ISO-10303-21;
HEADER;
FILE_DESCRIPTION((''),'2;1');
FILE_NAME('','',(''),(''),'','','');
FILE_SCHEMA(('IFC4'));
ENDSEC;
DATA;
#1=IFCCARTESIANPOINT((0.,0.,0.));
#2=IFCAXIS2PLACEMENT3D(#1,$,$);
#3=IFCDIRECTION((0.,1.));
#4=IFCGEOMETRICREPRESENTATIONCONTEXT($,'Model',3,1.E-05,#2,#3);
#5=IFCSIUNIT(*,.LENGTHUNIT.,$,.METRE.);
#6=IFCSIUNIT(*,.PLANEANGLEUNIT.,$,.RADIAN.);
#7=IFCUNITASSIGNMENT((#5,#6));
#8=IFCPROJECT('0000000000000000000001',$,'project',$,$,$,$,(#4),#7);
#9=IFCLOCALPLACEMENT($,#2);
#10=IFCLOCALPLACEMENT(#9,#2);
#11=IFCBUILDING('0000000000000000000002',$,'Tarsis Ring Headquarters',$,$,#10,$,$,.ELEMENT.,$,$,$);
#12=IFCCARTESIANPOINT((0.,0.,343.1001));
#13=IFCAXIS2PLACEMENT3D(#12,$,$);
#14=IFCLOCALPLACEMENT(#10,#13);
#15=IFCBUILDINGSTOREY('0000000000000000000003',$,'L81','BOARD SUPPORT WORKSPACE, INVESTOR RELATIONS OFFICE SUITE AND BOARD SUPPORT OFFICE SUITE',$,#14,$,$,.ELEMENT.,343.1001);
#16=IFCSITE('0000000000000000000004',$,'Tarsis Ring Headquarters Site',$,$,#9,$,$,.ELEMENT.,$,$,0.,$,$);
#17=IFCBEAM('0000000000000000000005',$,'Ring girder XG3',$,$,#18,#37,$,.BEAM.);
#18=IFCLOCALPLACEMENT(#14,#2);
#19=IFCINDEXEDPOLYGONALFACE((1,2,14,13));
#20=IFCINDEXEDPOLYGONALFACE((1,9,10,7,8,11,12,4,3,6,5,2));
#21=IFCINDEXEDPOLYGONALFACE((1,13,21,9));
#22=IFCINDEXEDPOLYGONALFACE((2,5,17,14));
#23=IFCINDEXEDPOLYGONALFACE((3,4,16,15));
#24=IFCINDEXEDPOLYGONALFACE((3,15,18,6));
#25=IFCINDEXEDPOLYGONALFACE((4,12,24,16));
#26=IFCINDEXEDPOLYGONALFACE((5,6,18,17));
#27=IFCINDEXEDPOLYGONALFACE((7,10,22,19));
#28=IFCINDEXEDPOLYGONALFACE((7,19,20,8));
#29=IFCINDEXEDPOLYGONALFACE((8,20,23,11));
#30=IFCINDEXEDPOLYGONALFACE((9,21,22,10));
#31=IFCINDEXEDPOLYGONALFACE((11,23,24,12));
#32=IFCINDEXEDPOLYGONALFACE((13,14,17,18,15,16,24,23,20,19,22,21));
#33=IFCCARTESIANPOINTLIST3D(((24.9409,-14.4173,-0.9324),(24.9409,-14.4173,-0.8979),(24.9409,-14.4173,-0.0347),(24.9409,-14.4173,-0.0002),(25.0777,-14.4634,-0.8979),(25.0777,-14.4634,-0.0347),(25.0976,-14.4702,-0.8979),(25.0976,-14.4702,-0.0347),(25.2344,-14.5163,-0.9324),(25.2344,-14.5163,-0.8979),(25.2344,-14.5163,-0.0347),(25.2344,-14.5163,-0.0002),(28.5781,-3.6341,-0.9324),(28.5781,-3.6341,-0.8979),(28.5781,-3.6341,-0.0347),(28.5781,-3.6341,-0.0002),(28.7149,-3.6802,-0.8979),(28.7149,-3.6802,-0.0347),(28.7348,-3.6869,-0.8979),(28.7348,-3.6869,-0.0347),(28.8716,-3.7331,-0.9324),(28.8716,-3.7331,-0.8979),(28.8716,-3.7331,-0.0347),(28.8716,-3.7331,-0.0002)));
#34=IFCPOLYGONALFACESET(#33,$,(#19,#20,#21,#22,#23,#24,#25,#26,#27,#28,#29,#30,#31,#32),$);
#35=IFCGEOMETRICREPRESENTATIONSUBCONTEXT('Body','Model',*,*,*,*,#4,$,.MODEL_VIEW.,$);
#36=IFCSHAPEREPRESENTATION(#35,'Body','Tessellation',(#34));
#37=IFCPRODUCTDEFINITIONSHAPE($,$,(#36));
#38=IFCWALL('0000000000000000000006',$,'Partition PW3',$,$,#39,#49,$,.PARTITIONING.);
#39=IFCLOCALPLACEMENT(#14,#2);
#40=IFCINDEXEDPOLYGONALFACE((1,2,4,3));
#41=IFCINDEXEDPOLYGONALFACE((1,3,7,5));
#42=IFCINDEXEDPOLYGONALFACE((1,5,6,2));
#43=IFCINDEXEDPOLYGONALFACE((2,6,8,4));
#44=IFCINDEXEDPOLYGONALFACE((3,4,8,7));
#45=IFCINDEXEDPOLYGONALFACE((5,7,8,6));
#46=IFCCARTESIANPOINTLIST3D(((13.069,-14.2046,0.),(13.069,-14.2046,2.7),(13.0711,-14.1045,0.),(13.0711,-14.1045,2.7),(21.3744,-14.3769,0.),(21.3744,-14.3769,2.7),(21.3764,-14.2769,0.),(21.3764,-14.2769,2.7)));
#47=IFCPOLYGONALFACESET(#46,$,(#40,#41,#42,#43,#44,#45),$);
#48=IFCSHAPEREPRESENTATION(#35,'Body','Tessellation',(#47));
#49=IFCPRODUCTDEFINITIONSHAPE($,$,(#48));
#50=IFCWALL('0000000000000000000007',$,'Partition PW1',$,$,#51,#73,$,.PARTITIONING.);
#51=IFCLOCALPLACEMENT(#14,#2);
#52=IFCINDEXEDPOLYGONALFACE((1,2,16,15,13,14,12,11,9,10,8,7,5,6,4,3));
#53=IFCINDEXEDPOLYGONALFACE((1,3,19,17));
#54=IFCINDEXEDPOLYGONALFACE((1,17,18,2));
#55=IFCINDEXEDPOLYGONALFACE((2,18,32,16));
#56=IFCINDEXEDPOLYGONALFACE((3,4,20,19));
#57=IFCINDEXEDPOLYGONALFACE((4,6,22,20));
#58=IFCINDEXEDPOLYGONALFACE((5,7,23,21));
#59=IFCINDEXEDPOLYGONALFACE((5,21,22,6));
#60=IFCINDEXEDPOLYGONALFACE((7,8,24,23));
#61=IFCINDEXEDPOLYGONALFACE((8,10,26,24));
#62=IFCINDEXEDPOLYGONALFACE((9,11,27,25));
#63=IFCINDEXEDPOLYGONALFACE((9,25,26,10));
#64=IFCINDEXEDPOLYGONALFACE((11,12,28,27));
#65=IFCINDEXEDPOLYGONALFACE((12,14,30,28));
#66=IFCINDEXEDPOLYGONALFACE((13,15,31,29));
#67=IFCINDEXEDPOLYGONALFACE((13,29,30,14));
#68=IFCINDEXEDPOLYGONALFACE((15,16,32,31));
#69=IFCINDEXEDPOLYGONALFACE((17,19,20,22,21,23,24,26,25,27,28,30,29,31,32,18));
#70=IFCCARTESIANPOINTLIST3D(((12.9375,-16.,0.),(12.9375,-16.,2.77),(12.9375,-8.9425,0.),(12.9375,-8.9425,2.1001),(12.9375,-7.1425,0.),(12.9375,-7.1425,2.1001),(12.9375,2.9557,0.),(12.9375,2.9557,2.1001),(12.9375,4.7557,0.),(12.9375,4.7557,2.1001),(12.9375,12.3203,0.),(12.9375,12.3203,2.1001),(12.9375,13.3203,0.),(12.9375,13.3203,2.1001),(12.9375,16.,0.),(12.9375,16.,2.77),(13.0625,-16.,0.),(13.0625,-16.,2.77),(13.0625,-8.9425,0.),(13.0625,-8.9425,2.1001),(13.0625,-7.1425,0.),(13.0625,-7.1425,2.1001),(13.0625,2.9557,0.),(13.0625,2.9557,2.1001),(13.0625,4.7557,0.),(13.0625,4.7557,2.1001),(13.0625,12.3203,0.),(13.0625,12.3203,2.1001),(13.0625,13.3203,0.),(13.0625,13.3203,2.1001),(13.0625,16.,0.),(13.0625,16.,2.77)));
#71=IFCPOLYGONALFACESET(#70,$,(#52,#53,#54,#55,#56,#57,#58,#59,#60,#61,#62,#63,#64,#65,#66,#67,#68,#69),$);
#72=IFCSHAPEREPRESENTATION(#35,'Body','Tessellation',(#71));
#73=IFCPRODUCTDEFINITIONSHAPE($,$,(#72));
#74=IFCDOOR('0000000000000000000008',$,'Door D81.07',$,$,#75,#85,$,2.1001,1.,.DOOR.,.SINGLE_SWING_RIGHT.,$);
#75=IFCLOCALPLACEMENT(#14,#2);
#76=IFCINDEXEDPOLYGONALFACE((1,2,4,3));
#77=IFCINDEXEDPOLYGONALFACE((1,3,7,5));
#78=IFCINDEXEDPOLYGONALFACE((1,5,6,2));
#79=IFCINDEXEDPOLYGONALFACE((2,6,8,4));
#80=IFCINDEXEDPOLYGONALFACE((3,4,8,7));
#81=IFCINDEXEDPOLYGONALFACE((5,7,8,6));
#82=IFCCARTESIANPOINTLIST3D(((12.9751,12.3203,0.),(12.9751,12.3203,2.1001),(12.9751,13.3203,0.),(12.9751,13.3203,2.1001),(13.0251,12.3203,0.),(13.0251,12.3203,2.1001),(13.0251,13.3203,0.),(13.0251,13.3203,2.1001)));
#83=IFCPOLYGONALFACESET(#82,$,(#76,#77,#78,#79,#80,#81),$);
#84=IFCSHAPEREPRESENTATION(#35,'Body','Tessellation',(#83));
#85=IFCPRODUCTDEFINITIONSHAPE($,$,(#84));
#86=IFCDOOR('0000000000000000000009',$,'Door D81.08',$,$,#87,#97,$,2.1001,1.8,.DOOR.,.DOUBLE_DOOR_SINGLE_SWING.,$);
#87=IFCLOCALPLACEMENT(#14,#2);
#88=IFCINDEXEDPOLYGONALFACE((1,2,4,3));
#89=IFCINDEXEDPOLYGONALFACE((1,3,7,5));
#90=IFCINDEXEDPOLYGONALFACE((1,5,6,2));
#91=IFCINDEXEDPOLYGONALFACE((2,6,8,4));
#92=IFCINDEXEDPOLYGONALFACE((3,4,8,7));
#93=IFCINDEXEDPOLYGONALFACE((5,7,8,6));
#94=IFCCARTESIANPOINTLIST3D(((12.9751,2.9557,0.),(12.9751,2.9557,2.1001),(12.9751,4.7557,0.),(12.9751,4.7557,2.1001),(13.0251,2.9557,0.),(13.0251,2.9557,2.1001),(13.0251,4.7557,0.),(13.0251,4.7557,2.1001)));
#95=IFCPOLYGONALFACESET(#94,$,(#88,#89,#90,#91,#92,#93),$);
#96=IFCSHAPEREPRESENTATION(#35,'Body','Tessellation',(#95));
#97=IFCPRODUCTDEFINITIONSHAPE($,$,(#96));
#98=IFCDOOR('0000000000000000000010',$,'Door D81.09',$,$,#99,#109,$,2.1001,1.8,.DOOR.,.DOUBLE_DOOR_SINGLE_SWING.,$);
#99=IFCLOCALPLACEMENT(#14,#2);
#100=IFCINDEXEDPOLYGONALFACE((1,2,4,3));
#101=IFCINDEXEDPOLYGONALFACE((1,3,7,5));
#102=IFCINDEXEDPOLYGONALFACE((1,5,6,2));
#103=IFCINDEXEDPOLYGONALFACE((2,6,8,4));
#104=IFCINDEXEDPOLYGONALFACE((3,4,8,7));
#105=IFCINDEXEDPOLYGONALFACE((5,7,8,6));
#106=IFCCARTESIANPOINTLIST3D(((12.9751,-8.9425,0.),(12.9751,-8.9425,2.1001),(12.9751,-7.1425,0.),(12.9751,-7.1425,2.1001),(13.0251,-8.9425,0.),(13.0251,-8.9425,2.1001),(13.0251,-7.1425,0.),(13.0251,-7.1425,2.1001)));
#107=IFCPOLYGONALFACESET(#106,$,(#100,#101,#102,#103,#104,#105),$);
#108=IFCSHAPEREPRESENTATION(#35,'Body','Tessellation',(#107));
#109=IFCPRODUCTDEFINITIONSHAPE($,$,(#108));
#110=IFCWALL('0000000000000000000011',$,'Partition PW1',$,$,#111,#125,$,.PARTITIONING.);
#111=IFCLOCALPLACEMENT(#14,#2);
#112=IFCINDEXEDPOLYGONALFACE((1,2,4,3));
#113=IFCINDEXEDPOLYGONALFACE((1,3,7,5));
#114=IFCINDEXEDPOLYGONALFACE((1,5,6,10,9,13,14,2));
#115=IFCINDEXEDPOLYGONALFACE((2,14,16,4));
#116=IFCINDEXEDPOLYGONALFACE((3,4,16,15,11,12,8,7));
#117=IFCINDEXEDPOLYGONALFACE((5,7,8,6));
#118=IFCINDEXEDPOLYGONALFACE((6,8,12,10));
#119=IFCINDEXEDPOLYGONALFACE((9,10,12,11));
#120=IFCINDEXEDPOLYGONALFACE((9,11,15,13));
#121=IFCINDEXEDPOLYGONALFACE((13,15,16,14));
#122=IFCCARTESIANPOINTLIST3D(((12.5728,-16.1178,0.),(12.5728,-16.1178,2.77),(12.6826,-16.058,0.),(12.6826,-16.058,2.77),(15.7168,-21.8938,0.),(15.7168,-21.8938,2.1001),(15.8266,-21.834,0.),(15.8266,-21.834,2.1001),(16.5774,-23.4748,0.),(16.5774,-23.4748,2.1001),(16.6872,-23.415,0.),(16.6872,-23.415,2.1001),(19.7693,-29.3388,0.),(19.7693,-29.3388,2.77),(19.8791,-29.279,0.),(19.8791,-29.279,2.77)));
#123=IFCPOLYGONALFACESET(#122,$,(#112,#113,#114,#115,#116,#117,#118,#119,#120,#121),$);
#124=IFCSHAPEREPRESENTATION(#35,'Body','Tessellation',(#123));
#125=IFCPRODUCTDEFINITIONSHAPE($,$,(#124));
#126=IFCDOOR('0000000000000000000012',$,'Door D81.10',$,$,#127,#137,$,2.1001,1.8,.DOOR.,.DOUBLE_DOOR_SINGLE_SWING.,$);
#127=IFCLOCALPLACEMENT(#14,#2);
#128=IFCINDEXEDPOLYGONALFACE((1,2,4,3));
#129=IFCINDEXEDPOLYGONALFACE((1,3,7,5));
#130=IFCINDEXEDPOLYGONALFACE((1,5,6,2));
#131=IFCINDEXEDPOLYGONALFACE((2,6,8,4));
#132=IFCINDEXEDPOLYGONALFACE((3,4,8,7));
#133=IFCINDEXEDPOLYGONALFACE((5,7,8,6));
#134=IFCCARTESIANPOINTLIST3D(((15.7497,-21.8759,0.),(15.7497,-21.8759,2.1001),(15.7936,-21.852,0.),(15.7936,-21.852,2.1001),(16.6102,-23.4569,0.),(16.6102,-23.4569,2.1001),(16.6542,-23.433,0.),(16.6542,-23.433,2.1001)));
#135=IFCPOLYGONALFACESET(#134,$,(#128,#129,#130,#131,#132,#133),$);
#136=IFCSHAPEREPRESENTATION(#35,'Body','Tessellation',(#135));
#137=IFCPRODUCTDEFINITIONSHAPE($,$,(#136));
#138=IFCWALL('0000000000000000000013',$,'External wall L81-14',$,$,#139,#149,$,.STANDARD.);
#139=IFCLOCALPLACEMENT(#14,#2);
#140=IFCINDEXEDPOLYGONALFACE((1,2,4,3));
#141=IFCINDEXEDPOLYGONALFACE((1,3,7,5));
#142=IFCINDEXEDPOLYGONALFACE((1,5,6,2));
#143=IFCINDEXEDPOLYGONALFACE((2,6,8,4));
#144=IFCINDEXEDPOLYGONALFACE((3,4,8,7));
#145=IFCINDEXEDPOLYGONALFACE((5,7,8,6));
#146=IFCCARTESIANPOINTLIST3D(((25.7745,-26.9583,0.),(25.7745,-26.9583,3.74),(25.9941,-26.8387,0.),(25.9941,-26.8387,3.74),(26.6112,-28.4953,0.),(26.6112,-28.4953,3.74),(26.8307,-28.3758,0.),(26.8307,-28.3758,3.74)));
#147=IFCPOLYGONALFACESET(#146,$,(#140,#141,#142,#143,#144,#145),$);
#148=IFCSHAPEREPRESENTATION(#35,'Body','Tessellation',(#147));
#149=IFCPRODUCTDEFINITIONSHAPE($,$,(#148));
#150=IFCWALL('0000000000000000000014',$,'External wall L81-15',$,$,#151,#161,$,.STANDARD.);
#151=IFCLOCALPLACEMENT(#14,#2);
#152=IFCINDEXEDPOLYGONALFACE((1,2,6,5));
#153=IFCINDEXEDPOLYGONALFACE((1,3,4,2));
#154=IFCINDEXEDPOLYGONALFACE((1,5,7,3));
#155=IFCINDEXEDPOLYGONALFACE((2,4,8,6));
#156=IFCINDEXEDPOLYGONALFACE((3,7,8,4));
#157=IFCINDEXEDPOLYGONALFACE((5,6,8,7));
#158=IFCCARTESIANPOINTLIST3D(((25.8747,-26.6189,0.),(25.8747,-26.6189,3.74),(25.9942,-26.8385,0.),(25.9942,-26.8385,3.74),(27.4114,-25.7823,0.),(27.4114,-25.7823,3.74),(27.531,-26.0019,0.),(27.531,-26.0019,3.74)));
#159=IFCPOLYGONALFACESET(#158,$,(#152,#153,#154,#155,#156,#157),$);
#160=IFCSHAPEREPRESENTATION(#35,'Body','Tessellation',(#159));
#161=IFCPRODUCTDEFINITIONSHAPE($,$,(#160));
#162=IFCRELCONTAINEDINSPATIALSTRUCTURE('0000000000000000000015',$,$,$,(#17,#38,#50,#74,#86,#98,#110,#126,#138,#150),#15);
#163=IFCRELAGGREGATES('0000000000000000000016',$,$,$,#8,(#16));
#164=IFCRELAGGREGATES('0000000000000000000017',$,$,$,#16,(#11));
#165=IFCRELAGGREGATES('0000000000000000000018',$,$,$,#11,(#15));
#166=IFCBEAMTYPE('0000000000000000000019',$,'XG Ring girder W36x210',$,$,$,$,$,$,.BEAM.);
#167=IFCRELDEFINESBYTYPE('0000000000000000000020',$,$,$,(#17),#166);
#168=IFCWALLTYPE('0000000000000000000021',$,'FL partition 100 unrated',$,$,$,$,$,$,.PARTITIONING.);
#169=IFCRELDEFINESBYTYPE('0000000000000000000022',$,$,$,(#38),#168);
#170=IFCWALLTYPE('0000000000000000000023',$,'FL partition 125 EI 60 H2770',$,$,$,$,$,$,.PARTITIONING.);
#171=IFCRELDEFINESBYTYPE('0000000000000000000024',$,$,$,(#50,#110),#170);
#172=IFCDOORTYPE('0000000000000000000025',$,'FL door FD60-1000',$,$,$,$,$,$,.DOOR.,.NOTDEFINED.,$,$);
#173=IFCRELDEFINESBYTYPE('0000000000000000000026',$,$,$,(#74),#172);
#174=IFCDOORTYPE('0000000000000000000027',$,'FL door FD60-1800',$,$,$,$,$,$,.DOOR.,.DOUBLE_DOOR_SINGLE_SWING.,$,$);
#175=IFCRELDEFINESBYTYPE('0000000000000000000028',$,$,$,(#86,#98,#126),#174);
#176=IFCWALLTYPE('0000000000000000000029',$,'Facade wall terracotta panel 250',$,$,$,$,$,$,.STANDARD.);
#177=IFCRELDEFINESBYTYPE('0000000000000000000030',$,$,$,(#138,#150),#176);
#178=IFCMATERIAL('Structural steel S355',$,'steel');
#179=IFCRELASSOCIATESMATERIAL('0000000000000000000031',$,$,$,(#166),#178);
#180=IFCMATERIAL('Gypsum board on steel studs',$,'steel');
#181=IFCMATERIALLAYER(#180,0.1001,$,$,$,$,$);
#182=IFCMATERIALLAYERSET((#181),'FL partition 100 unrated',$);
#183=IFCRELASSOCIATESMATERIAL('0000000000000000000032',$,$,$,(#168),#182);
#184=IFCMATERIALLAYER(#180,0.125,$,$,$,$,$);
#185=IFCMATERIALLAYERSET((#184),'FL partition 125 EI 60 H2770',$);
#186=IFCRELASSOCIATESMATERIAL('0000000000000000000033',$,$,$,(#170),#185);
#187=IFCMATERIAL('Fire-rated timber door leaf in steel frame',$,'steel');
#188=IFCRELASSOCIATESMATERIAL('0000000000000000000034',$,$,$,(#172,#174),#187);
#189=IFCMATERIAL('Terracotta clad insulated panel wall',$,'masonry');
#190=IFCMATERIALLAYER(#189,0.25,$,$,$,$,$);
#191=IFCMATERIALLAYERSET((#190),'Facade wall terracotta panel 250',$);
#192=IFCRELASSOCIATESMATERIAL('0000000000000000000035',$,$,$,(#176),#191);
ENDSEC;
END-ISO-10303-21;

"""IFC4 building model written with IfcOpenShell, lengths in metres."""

from ifc_helpers import new_model, si_unit, direction, frame, frame_2d, origin, origin_2d, place, context, subcontext, project, spatial, rectangle, i_section, extrude, material, layer, layer_set, material_profile, profile_set, type_object, element, fill, save


model = new_model("IFC4")

# Units and contexts
model_context = context("Model", 3, precision=1e-05, world=origin(), true_north=direction((0.0, 1.0)))
body_context = subcontext(model_context, "Body", "Model", "MODEL_VIEW")
ifc_project = project(units=[si_unit("LENGTHUNIT", "METRE"), si_unit("PLANEANGLEUNIT", "RADIAN")], contexts=[model_context])

# Site, building, storey
site_placement = place(None, origin())
site = spatial("IfcSite", under=ifc_project, at=site_placement, Name="Tarsis Ring Headquarters Site", CompositionType="ELEMENT", RefElevation=0.0)
building_placement = place(site_placement, origin())
building = spatial("IfcBuilding", under=site, at=building_placement, Name="Tarsis Ring Headquarters", CompositionType="ELEMENT")
storey_placement = place(building_placement, frame((0.0, 0.0, 343.1001)))
storey = spatial("IfcBuildingStorey", under=building, at=storey_placement, Name="L81", Description="BOARD SUPPORT WORKSPACE, INVESTOR RELATIONS OFFICE SUITE AND BOARD SUPPORT OFFICE SUITE", CompositionType="ELEMENT", Elevation=343.1001)

# Shared definitions
ifc_material_1 = material(Name="Structural steel S355", Category="steel")

# Beam
ifc_material_profile_1 = material_profile(ifc_material_1, i_section(OverallWidth=0.3098, OverallDepth=0.9321, WebThickness=0.021, FlangeThickness=0.0344, at=origin_2d()), Name="W36x210")
ifc_profile_set_1 = profile_set([ifc_material_profile_1], Name="Structural steel S355")
beam_type = type_object("IfcBeamType", Name="XG Ring girder W36x210", PredefinedType="BEAM", material=ifc_profile_set_1)
beam_1_placement = place(storey_placement, frame((25.0876, -14.4668, -0.4663), z_axis=(0.319611, 0.947549, 0.0), x_axis=(-0.947549, 0.319611, 0.0)))
element("IfcBeam", 1, at=beam_1_placement, inside=storey, type_object=beam_type, Name="Ring girder XG3", PredefinedType="BEAM", context=body_context, shape_type="SweptSolid", body=[
    extrude(i_section(OverallWidth=0.3098, OverallDepth=0.9321, WebThickness=0.021, FlangeThickness=0.0344, at=origin_2d()), origin(), (0.0, 0.0, 1.0), 11.3801),
])

# Wall
ifc_material_2 = material(Name="Gypsum board on steel studs", Category="steel")
ifc_layer_1 = layer(ifc_material_2, 0.1001)
ifc_layer_set_1 = layer_set([ifc_layer_1], Name="FL partition 100 unrated")
wall_type_1 = type_object("IfcWallType", Name="FL partition 100 unrated", PredefinedType="PARTITIONING", material=ifc_layer_set_1)
wall_1_placement = place(storey_placement, frame((13.0701, -14.1545, 0.0), z_axis=(0.0, 0.0, 1.0), x_axis=(0.999785, -0.020749, 0.0)))
element("IfcWall", 2, at=wall_1_placement, inside=storey, type_object=wall_type_1, Name="Partition PW3", PredefinedType="PARTITIONING", context=body_context, shape_type="SweptSolid", body=[
    extrude(rectangle(XDim=8.3071, YDim=0.1001, at=frame_2d((4.1536, 0.0))), origin(), (0.0, 0.0, 1.0), 2.7),
])

# Wall, openings, doors
ifc_layer_2 = layer(ifc_material_2, 0.125)
ifc_layer_set_2 = layer_set([ifc_layer_2], Name="FL partition 125 EI 60 H2770")
wall_type_2 = type_object("IfcWallType", Name="FL partition 125 EI 60 H2770", PredefinedType="PARTITIONING", material=ifc_layer_set_2)
wall_2_placement = place(storey_placement, frame((13.0, -16.0, 0.0), z_axis=(0.0, 0.0, 1.0), x_axis=(0.0, 1.0, 0.0)))
wall_2 = element("IfcWall", 3, at=wall_2_placement, inside=storey, type_object=wall_type_2, Name="Partition PW1", PredefinedType="PARTITIONING", context=body_context, shape_type="SweptSolid", body=[
    extrude(rectangle(XDim=32.0, YDim=0.125, at=frame_2d((16.0, 0.0))), origin(), (0.0, 0.0, 1.0), 2.77),
])
opening_1_placement = place(wall_2_placement, frame((28.3203, 0.0, 0.0)))
opening_1 = element("IfcOpeningElement", 4, at=opening_1_placement, cuts=wall_2, PredefinedType="OPENING", context=body_context, shape_type="SweptSolid", body=[
    extrude(rectangle(XDim=1.0, YDim=2.1001, at=frame_2d((0.5, 1.05))), frame((0.0, 0.0725, 0.0), z_axis=(0.0, -1.0, 0.0), x_axis=(1.0, 0.0, 0.0)), (0.0, 0.0, 1.0), 0.145),
])
opening_2_placement = place(wall_2_placement, frame((18.9558, 0.0, 0.0)))
opening_2 = element("IfcOpeningElement", 5, at=opening_2_placement, cuts=wall_2, PredefinedType="OPENING", context=body_context, shape_type="SweptSolid", body=[
    extrude(rectangle(XDim=1.8, YDim=2.1001, at=frame_2d((0.8999, 1.05))), frame((0.0, 0.0725, 0.0), z_axis=(0.0, -1.0, 0.0), x_axis=(1.0, 0.0, 0.0)), (0.0, 0.0, 1.0), 0.145),
])
opening_3_placement = place(wall_2_placement, frame((7.0576, 0.0, 0.0)))
opening_3 = element("IfcOpeningElement", 6, at=opening_3_placement, cuts=wall_2, PredefinedType="OPENING", context=body_context, shape_type="SweptSolid", body=[
    extrude(rectangle(XDim=1.8, YDim=2.1001, at=frame_2d((0.8999, 1.05))), frame((0.0, 0.0725, 0.0), z_axis=(0.0, -1.0, 0.0), x_axis=(1.0, 0.0, 0.0)), (0.0, 0.0, 1.0), 0.145),
])
ifc_material_3 = material(Name="Fire-rated timber door leaf in steel frame", Category="steel")
door_type_1 = type_object("IfcDoorType", Name="FL door FD60-1000", OperationType="NOTDEFINED", PredefinedType="DOOR", material=ifc_material_3)
door_1_placement = place(opening_1_placement, origin())
door_1 = element("IfcDoor", 7, at=door_1_placement, inside=storey, type_object=door_type_1, Name="Door D81.07", OperationType="SINGLE_SWING_RIGHT", OverallHeight=2.1001, OverallWidth=1.0, PredefinedType="DOOR", context=body_context, shape_type="SweptSolid", body=[
    extrude(rectangle(XDim=1.0, YDim=2.1001, at=frame_2d((0.5, 1.05))), frame((0.0, 0.0249, 0.0), z_axis=(0.0, -1.0, 0.0), x_axis=(1.0, 0.0, 0.0)), (0.0, 0.0, 1.0), 0.05),
])
fill(opening_1, door_1)
door_type_2 = type_object("IfcDoorType", Name="FL door FD60-1800", OperationType="DOUBLE_DOOR_SINGLE_SWING", PredefinedType="DOOR", material=ifc_material_3)
door_2_placement = place(opening_2_placement, origin())
door_2 = element("IfcDoor", 8, at=door_2_placement, inside=storey, type_object=door_type_2, Name="Door D81.08", OperationType="DOUBLE_DOOR_SINGLE_SWING", OverallHeight=2.1001, OverallWidth=1.8, PredefinedType="DOOR", context=body_context, shape_type="SweptSolid", body=[
    extrude(rectangle(XDim=1.8, YDim=2.1001, at=frame_2d((0.8999, 1.05))), frame((0.0, 0.0249, 0.0), z_axis=(0.0, -1.0, 0.0), x_axis=(1.0, 0.0, 0.0)), (0.0, 0.0, 1.0), 0.05),
])
fill(opening_2, door_2)
door_3_placement = place(opening_3_placement, origin())
door_3 = element("IfcDoor", 9, at=door_3_placement, inside=storey, type_object=door_type_2, Name="Door D81.09", OperationType="DOUBLE_DOOR_SINGLE_SWING", OverallHeight=2.1001, OverallWidth=1.8, PredefinedType="DOOR", context=body_context, shape_type="SweptSolid", body=[
    extrude(rectangle(XDim=1.8, YDim=2.1001, at=frame_2d((0.8999, 1.05))), frame((0.0, 0.0249, 0.0), z_axis=(0.0, -1.0, 0.0), x_axis=(1.0, 0.0, 0.0)), (0.0, 0.0, 1.0), 0.05),
])
fill(opening_3, door_3)

# Wall, opening, door
wall_3_placement = place(storey_placement, frame((12.6277, -16.0879, 0.0), z_axis=(0.0, 0.0, 1.0), x_axis=(0.478089, -0.878311, 0.0)))
wall_3 = element("IfcWall", 10, at=wall_3_placement, inside=storey, type_object=wall_type_2, Name="Partition PW1", PredefinedType="PARTITIONING", context=body_context, shape_type="SweptSolid", body=[
    extrude(rectangle(XDim=15.0527, YDim=0.125, at=frame_2d((7.5264, 0.0))), origin(), (0.0, 0.0, 1.0), 2.77),
])
opening_4_placement = place(wall_3_placement, frame((6.5764, 0.0, 0.0)))
opening_4 = element("IfcOpeningElement", 11, at=opening_4_placement, cuts=wall_3, PredefinedType="OPENING", context=body_context, shape_type="SweptSolid", body=[
    extrude(rectangle(XDim=1.8, YDim=2.1001, at=frame_2d((0.8999, 1.05))), frame((0.0, 0.0725, 0.0), z_axis=(0.0, -1.0, 0.0), x_axis=(1.0, 0.0, 0.0)), (0.0, 0.0, 1.0), 0.145),
])
door_4_placement = place(opening_4_placement, origin())
door_4 = element("IfcDoor", 12, at=door_4_placement, inside=storey, type_object=door_type_2, Name="Door D81.10", OperationType="DOUBLE_DOOR_SINGLE_SWING", OverallHeight=2.1001, OverallWidth=1.8, PredefinedType="DOOR", context=body_context, shape_type="SweptSolid", body=[
    extrude(rectangle(XDim=1.8, YDim=2.1001, at=frame_2d((0.8999, 1.05))), frame((0.0, 0.0249, 0.0), z_axis=(0.0, -1.0, 0.0), x_axis=(1.0, 0.0, 0.0)), (0.0, 0.0, 1.0), 0.05),
])
fill(opening_4, door_4)

# Walls
ifc_material_4 = material(Name="Terracotta clad insulated panel wall", Category="masonry")
ifc_layer_3 = layer(ifc_material_4, 0.25)
ifc_layer_set_3 = layer_set([ifc_layer_3], Name="Facade wall terracotta panel 250")
wall_type_3 = type_object("IfcWallType", Name="Facade wall terracotta panel 250", PredefinedType="STANDARD", material=ifc_layer_set_3)
wall_4_placement = place(storey_placement, frame((26.7209, -28.4355, 0.0), z_axis=(0.0, 0.0, 1.0), x_axis=(-0.47808, 0.878316, 0.0)))
element("IfcWall", 13, at=wall_4_placement, inside=storey, type_object=wall_type_3, Name="External wall L81-14", PredefinedType="STANDARD", context=body_context, shape_type="SweptSolid", body=[
    extrude(rectangle(XDim=1.75, YDim=0.25, at=frame_2d((0.875, 0.0))), origin(), (0.0, 0.0, 1.0), 3.74),
])
wall_5_placement = place(storey_placement, frame((25.9343, -26.7288, 0.0), z_axis=(0.0, 0.0, 1.0), x_axis=(0.878285, 0.478138, 0.0)))
element("IfcWall", 14, at=wall_5_placement, inside=storey, type_object=wall_type_3, Name="External wall L81-15", PredefinedType="STANDARD", context=body_context, shape_type="SweptSolid", body=[
    extrude(rectangle(XDim=1.7498, YDim=0.25, at=frame_2d((0.875, 0.0))), origin(), (0.0, 0.0, 1.0), 3.74),
])

save(model, "model.ifc")
